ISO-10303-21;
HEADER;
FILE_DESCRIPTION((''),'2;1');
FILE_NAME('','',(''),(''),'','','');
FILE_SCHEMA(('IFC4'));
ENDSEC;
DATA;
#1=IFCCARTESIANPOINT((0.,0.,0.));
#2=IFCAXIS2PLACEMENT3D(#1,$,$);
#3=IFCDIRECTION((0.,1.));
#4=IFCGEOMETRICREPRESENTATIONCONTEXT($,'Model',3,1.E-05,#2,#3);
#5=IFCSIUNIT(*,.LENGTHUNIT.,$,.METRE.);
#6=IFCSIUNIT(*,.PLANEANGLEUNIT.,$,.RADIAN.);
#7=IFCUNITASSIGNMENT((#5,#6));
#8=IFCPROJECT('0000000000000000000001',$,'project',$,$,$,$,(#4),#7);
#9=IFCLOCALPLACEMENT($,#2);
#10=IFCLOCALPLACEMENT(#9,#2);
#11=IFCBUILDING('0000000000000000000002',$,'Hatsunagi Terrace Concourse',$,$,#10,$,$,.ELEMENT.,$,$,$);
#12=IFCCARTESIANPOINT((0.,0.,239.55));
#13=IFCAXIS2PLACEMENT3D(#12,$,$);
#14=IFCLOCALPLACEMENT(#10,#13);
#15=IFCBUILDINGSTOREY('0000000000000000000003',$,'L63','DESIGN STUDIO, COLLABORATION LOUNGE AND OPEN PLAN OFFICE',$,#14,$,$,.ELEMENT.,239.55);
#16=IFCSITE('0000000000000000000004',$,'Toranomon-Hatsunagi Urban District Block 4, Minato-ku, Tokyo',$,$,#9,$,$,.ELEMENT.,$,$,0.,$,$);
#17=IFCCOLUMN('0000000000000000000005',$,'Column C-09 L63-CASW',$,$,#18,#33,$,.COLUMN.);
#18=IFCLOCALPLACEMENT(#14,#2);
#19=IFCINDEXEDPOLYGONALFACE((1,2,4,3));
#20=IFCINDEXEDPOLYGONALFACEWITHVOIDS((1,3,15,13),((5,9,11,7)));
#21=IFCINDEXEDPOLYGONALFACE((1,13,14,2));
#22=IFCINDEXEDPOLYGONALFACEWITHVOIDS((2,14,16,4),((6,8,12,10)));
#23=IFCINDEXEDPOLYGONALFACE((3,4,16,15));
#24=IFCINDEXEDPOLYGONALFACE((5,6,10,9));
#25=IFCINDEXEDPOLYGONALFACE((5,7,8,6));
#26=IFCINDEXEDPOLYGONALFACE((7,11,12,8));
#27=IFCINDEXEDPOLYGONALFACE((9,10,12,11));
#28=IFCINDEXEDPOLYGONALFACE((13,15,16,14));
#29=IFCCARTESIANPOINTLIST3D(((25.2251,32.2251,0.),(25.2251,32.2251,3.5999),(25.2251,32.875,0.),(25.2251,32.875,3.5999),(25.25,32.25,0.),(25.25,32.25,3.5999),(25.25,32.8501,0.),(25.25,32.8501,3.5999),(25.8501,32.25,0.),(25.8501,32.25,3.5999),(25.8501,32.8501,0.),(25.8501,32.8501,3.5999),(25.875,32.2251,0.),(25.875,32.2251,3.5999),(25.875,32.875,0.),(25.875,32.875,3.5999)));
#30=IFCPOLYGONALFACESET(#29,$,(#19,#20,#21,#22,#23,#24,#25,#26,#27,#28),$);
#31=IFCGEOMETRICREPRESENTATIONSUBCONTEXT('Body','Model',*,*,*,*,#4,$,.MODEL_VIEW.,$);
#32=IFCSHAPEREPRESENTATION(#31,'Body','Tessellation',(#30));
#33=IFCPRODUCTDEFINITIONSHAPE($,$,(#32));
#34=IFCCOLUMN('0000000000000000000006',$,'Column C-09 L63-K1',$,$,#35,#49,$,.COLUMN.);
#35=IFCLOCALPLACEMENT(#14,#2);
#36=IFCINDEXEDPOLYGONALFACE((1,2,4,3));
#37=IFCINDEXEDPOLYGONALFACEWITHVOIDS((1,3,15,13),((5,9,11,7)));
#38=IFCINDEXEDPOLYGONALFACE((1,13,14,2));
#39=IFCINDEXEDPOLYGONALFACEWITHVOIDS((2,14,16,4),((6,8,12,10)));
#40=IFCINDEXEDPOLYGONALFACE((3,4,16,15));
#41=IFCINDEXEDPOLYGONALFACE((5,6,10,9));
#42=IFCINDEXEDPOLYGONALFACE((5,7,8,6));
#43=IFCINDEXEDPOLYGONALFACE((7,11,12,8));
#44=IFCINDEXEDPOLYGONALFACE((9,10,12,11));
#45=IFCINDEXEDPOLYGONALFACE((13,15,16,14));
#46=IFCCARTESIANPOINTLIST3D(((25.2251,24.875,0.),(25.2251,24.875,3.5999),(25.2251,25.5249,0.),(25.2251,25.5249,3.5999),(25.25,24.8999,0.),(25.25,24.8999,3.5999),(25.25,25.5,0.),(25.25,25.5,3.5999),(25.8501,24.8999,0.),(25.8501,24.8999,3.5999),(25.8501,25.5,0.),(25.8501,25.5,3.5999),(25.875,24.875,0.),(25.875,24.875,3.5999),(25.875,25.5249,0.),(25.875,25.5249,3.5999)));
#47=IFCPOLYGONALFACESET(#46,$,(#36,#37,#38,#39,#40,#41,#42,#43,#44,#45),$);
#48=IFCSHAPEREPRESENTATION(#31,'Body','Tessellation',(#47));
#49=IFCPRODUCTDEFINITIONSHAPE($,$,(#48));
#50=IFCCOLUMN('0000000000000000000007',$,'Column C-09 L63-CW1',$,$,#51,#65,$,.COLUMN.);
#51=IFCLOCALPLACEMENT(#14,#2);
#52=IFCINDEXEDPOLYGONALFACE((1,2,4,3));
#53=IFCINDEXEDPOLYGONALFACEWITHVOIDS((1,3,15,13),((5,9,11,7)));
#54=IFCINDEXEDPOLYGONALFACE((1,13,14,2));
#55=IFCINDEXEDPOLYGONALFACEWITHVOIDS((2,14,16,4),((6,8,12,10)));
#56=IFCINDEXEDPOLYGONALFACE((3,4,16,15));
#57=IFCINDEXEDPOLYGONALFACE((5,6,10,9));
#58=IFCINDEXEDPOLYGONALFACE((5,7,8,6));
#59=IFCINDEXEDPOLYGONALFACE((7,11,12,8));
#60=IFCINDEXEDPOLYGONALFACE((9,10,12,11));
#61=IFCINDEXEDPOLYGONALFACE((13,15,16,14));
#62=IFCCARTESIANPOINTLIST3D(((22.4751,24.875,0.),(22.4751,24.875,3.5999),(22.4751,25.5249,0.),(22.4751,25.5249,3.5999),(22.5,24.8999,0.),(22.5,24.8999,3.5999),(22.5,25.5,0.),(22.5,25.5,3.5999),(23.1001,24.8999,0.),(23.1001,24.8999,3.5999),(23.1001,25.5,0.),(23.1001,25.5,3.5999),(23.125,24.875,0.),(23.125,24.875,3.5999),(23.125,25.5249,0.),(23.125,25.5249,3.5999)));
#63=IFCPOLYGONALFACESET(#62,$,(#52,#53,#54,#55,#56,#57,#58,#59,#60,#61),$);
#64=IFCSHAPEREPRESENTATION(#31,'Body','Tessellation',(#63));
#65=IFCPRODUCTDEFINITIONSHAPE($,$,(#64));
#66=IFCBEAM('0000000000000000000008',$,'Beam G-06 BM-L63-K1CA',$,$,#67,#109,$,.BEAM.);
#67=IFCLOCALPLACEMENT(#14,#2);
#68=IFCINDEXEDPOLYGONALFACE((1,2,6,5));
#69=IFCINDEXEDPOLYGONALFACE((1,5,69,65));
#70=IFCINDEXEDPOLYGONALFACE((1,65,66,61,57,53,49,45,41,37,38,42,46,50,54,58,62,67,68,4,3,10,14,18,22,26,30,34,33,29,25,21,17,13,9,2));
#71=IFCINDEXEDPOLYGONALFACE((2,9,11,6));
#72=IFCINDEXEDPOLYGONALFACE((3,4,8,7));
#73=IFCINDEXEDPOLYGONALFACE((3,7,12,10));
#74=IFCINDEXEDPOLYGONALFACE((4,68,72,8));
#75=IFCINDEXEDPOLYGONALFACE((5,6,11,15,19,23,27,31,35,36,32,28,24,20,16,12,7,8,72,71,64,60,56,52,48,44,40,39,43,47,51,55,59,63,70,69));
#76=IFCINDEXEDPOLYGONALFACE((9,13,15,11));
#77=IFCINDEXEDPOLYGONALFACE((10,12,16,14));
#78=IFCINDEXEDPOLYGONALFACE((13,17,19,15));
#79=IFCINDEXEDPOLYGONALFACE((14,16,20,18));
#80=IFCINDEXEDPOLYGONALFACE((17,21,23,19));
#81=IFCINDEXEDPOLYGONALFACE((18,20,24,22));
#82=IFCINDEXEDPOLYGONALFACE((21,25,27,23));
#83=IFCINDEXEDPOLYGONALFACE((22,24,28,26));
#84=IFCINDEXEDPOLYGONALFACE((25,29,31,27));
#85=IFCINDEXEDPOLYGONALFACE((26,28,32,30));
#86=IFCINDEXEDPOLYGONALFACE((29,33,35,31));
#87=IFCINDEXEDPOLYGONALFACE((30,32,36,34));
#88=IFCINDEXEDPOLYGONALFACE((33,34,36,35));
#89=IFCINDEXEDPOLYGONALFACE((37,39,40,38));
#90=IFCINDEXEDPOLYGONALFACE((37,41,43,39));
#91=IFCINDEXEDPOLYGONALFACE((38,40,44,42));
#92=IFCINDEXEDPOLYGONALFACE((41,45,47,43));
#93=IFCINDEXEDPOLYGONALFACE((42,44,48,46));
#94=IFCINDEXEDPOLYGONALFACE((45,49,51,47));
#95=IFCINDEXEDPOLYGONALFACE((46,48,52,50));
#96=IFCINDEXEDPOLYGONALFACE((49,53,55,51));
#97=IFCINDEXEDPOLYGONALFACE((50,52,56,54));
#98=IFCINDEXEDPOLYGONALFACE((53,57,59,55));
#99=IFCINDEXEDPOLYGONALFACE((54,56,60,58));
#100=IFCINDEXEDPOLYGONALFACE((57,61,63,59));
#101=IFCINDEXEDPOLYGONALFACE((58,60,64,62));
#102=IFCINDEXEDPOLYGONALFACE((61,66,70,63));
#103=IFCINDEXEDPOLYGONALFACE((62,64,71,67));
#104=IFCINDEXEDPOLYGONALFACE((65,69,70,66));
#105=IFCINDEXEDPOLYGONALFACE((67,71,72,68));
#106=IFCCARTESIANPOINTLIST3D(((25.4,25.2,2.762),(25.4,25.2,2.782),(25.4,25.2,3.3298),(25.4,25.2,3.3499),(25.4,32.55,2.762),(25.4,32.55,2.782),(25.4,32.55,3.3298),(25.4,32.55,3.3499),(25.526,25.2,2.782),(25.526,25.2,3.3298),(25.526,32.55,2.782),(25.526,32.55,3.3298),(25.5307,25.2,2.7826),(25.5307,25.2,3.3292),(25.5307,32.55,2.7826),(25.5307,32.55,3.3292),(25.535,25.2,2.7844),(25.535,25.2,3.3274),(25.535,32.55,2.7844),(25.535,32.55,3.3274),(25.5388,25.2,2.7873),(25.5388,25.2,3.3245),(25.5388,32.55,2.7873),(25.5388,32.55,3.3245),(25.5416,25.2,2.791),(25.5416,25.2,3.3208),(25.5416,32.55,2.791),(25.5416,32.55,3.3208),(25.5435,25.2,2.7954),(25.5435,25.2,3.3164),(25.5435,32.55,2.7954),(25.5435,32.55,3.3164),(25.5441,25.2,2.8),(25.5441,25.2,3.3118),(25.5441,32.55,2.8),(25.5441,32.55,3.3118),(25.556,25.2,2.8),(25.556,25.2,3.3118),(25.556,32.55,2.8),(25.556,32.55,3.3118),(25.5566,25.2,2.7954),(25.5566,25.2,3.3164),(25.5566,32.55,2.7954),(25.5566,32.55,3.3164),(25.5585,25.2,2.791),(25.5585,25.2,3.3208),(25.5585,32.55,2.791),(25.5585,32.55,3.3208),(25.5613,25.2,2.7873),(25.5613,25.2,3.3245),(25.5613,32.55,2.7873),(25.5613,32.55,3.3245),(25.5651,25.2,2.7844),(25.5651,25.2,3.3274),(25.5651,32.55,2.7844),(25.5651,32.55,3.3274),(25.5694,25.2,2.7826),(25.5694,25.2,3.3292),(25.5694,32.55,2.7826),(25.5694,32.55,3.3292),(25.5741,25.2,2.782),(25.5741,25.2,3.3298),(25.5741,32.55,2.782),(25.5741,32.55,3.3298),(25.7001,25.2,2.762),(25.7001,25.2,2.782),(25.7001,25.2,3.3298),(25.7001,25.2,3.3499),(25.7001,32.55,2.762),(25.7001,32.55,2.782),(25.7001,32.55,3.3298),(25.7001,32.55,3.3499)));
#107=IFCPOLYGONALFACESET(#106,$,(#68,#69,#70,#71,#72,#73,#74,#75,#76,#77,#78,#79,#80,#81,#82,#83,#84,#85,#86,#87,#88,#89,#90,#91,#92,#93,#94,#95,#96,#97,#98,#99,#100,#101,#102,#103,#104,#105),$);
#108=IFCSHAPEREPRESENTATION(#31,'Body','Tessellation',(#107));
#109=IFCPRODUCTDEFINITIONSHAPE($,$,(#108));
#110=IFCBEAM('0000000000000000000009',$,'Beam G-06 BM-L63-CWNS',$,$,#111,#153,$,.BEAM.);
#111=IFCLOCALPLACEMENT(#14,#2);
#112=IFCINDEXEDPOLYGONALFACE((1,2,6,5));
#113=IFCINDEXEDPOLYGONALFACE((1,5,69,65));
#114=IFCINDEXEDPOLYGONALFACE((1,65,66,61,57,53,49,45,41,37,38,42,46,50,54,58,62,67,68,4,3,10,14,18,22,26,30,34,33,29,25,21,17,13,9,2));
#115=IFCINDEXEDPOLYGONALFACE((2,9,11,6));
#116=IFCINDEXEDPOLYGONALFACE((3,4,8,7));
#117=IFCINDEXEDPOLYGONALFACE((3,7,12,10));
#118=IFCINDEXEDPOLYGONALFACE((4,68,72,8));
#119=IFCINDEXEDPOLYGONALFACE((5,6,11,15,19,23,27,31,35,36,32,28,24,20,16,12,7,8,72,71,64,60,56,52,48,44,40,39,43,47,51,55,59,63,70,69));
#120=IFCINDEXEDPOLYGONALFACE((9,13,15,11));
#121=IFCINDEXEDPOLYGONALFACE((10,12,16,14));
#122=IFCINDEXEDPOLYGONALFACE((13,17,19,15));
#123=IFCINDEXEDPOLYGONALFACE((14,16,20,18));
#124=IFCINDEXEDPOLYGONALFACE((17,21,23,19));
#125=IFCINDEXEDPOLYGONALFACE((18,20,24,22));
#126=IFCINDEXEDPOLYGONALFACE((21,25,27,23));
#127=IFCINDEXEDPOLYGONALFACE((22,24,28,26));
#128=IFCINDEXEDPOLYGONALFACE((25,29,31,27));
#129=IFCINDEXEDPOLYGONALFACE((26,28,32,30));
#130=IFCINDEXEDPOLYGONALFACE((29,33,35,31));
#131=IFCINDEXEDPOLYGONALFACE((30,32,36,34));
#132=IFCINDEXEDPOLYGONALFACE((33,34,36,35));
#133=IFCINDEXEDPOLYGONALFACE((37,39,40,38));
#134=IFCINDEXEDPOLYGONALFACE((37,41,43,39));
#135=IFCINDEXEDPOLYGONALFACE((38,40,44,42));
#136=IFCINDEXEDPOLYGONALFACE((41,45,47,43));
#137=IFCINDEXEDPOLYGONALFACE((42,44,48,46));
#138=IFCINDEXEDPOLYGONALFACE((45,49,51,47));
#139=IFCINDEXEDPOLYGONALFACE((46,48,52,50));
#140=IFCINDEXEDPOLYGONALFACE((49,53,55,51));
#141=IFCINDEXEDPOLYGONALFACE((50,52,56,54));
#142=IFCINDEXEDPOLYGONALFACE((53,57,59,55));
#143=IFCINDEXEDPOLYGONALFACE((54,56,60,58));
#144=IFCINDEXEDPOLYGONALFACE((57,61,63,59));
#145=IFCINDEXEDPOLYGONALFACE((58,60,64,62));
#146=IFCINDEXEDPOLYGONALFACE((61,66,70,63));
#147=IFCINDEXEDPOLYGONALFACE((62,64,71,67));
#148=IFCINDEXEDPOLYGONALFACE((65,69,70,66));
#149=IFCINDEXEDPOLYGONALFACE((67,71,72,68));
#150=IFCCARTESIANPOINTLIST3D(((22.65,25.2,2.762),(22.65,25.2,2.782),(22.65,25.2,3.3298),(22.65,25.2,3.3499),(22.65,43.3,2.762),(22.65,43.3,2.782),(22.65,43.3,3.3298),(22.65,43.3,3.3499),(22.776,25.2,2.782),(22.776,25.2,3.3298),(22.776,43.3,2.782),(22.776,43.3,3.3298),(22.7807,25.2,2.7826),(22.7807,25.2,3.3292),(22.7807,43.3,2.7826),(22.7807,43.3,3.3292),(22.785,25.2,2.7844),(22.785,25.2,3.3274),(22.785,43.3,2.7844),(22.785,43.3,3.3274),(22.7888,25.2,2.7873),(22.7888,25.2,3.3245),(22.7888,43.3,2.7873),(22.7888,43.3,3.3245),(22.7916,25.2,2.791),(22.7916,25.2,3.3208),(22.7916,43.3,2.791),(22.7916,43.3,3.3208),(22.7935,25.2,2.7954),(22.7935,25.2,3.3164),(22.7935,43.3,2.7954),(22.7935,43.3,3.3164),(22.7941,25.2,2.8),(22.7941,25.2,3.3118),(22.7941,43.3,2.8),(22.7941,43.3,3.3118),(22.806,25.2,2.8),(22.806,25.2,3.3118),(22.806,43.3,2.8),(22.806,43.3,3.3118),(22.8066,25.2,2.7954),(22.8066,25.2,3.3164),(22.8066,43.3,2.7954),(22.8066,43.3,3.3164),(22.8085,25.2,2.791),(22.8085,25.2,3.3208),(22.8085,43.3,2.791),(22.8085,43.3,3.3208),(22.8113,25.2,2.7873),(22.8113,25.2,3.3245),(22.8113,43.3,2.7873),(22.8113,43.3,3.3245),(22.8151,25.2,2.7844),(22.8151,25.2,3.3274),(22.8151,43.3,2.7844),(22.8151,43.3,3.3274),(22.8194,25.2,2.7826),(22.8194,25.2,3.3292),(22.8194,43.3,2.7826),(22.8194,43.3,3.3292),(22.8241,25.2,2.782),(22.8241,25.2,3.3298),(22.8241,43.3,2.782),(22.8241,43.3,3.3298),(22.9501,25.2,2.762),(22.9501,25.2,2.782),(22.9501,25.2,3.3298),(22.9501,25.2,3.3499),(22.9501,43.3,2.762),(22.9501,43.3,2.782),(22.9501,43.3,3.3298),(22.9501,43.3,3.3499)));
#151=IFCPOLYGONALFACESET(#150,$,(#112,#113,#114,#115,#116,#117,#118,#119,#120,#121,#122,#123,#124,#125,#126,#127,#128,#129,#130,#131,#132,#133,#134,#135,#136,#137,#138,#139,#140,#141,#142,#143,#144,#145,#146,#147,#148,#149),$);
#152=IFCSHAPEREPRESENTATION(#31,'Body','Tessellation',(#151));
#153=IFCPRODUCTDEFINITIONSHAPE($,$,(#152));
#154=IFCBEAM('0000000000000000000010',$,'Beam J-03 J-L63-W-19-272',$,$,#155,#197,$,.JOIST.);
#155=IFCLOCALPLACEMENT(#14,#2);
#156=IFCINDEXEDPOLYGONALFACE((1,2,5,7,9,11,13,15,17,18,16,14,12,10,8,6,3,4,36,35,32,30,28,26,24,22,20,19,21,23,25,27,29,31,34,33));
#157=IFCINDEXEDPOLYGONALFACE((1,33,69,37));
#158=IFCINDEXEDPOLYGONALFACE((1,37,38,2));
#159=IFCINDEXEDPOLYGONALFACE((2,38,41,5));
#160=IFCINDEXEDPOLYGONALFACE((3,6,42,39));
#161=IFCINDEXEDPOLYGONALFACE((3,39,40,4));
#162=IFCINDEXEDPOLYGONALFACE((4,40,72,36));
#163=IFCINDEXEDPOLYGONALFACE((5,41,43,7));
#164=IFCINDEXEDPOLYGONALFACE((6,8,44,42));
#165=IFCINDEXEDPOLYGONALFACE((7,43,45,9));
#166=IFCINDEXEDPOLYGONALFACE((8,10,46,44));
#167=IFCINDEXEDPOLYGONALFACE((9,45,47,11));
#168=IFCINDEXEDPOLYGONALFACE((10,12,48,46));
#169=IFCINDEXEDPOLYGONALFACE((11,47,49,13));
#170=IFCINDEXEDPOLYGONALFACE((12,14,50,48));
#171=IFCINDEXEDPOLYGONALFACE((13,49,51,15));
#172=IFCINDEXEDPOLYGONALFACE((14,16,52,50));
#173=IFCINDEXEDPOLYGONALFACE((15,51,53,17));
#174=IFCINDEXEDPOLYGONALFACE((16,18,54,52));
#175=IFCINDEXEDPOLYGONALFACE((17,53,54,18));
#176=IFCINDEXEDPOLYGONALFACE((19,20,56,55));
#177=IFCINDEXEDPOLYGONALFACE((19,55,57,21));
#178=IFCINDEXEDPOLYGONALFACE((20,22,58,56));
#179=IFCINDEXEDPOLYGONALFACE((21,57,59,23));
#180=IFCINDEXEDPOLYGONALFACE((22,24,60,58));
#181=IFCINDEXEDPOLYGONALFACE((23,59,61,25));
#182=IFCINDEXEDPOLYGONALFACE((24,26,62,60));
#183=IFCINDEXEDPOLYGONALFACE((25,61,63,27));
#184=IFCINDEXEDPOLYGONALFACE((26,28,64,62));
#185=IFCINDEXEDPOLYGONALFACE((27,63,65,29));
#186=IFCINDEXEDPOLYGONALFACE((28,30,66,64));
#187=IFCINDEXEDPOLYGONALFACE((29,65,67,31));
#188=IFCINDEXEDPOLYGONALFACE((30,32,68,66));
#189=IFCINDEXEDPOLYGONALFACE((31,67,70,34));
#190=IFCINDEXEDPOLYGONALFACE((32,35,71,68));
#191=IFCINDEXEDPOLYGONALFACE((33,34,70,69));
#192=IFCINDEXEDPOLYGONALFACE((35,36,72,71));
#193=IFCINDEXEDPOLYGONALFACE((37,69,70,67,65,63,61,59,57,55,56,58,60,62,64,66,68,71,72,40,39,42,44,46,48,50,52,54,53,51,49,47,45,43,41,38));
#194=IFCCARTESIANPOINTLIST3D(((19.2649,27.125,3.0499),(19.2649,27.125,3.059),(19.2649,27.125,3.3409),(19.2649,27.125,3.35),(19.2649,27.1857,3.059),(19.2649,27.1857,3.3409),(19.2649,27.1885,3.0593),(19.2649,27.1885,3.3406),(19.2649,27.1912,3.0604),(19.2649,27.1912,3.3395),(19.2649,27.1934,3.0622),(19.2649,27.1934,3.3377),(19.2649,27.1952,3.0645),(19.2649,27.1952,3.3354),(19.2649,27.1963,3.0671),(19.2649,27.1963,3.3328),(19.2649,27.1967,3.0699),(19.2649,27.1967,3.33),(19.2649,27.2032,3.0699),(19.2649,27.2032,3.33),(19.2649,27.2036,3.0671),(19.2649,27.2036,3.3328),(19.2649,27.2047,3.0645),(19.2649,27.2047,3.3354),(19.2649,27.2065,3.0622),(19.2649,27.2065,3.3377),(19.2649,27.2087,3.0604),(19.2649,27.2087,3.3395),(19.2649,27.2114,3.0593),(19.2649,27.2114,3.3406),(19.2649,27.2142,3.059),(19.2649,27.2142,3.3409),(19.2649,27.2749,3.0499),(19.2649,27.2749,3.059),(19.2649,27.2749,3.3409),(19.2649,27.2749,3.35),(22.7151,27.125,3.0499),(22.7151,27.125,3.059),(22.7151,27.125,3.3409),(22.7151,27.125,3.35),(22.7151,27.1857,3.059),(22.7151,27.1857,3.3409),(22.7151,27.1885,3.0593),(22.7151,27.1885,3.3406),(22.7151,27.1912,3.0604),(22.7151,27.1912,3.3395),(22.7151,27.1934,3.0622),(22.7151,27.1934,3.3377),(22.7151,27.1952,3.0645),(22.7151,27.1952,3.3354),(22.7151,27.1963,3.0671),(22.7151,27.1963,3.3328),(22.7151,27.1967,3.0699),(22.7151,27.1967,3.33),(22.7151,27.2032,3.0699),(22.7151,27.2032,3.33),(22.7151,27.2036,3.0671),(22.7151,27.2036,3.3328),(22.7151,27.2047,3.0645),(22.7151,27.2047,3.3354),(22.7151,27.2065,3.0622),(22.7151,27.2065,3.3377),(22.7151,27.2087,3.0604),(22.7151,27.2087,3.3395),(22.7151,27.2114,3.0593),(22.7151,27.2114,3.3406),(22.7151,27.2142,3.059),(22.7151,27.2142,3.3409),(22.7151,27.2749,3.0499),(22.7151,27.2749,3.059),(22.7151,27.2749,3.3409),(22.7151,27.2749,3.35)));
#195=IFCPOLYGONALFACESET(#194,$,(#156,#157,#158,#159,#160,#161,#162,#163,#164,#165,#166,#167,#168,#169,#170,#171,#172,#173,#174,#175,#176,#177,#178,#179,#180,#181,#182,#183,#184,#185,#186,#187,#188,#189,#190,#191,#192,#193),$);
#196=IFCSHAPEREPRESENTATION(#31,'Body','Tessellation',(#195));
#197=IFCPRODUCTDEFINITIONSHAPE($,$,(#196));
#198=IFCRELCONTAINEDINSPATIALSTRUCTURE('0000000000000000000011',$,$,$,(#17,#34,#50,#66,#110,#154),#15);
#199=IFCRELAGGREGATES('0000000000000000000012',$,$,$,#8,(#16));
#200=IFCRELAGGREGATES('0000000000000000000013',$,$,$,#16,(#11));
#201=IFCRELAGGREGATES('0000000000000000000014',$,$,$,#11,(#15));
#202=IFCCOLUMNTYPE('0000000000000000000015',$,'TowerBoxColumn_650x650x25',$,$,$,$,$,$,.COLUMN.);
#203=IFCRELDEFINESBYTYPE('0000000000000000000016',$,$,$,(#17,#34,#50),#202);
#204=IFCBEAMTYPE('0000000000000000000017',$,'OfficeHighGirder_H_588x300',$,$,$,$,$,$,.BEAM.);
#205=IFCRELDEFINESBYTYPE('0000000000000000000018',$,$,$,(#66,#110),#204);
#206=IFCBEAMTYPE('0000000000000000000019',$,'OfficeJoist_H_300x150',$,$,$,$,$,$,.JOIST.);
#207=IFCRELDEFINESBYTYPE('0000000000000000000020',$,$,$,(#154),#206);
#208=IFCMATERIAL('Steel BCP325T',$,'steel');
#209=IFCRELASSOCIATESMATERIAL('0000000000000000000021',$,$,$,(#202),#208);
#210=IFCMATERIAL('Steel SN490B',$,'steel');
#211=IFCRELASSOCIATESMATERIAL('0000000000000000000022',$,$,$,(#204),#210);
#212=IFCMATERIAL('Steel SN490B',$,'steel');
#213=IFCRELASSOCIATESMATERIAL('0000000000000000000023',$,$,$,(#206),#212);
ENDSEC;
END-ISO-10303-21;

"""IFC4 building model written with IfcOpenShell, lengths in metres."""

from ifc_helpers import new_model, si_unit, direction, frame, origin, origin_2d, place, context, subcontext, project, spatial, hollow_rectangle, i_section, extrude, material, material_profile, profile_set, type_object, element, save


model = new_model("IFC4")

# Units and contexts
model_context = context("Model", 3, precision=1e-05, world=origin(), true_north=direction((0.0, 1.0)))
body_context = subcontext(model_context, "Body", "Model", "MODEL_VIEW")
ifc_project = project(units=[si_unit("LENGTHUNIT", "METRE"), si_unit("PLANEANGLEUNIT", "RADIAN")], contexts=[model_context])

# Site, building, storey
site_placement = place(None, origin())
site = spatial("IfcSite", under=ifc_project, at=site_placement, Name="Toranomon-Hatsunagi Urban District Block 4, Minato-ku, Tokyo", CompositionType="ELEMENT", RefElevation=0.0)
building_placement = place(site_placement, origin())
building = spatial("IfcBuilding", under=site, at=building_placement, Name="Hatsunagi Terrace Concourse", CompositionType="ELEMENT")
storey_placement = place(building_placement, frame((0.0, 0.0, 239.55)))
storey = spatial("IfcBuildingStorey", under=building, at=storey_placement, Name="L63", Description="DESIGN STUDIO, COLLABORATION LOUNGE AND OPEN PLAN OFFICE", CompositionType="ELEMENT", Elevation=239.55)

# Columns
ifc_material_1 = material(Name="Steel BCP325T", Category="steel")
ifc_material_profile_1 = material_profile(ifc_material_1, hollow_rectangle(XDim=0.6499, YDim=0.6499, WallThickness=0.0249, at=origin_2d()), Name="BCP-650x650x25")
ifc_profile_set_1 = profile_set([ifc_material_profile_1], Name="Steel BCP325T")
column_type = type_object("IfcColumnType", Name="TowerBoxColumn_650x650x25", PredefinedType="COLUMN", material=ifc_profile_set_1)
for number, where, z_axis, x_axis, name in (
    (1, (25.55, 32.55, 0.0), (0.0, 0.0, 1.0), (1.0, 0.0, 0.0), "Column C-09 L63-CASW"),
    (2, (25.55, 25.2, 0.0), (0.0, 0.0, 1.0), (1.0, 0.0, 0.0), "Column C-09 L63-K1"),
    (3, (22.8, 25.2, 0.0), (0.0, 0.0, 1.0), (1.0, 0.0, 0.0), "Column C-09 L63-CW1"),
):
    element("IfcColumn", number, at=place(storey_placement, frame(where, z_axis=z_axis, x_axis=x_axis)), inside=storey, type_object=column_type, Name=name, PredefinedType="COLUMN", context=body_context, shape_type="SweptSolid", body=[
        extrude(hollow_rectangle(XDim=0.6499, YDim=0.6499, WallThickness=0.0249, at=origin_2d()), origin(), (0.0, 0.0, 1.0), 3.5999),
    ])

# Beams
ifc_material_2 = material(Name="Steel SN490B", Category="steel")
ifc_material_profile_2 = material_profile(ifc_material_2, i_section(OverallWidth=0.3, OverallDepth=0.5879, WebThickness=0.012, FlangeThickness=0.02, FilletRadius=0.0181, at=origin_2d()), Name="H-588x300x12x20")
ifc_profile_set_2 = profile_set([ifc_material_profile_2], Name="Steel SN490B")
beam_type_1 = type_object("IfcBeamType", Name="OfficeHighGirder_H_588x300", PredefinedType="BEAM", material=ifc_profile_set_2)
beam_1_placement = place(storey_placement, frame((25.55, 25.2, 3.0559), z_axis=(0.0, 1.0, 0.0), x_axis=(-1.0, 0.0, 0.0)))
element("IfcBeam", 4, at=beam_1_placement, inside=storey, type_object=beam_type_1, Name="Beam G-06 BM-L63-K1CA", PredefinedType="BEAM", context=body_context, shape_type="SweptSolid", body=[
    extrude(i_section(OverallWidth=0.3, OverallDepth=0.5879, WebThickness=0.012, FlangeThickness=0.02, FilletRadius=0.0181, at=origin_2d()), origin(), (0.0, 0.0, 1.0), 7.3501),
])
beam_2_placement = place(storey_placement, frame((22.8, 25.2, 3.0559), z_axis=(0.0, 1.0, 0.0), x_axis=(-1.0, 0.0, 0.0)))
element("IfcBeam", 5, at=beam_2_placement, inside=storey, type_object=beam_type_1, Name="Beam G-06 BM-L63-CWNS", PredefinedType="BEAM", context=body_context, shape_type="SweptSolid", body=[
    extrude(i_section(OverallWidth=0.3, OverallDepth=0.5879, WebThickness=0.012, FlangeThickness=0.02, FilletRadius=0.0181, at=origin_2d()), origin(), (0.0, 0.0, 1.0), 18.1001),
])
ifc_material_3 = material(Name="Steel SN490B", Category="steel")
ifc_material_profile_3 = material_profile(ifc_material_3, i_section(OverallWidth=0.1499, OverallDepth=0.3, WebThickness=0.0066, FlangeThickness=0.009, FilletRadius=0.011, at=origin_2d()), Name="H-300x150x6.5x9")
ifc_profile_set_3 = profile_set([ifc_material_profile_3], Name="Steel SN490B")
beam_type_2 = type_object("IfcBeamType", Name="OfficeJoist_H_300x150", PredefinedType="JOIST", material=ifc_profile_set_3)
for number, where, z_axis, x_axis, name in (
    (6, (19.2649, 27.2, 3.2), (1.0, 0.0, 0.0), (0.0, 1.0, 0.0), "Beam J-03 J-L63-W-19-272"),
):
    element("IfcBeam", number, at=place(storey_placement, frame(where, z_axis=z_axis, x_axis=x_axis)), inside=storey, type_object=beam_type_2, Name=name, PredefinedType="JOIST", context=body_context, shape_type="SweptSolid", body=[
        extrude(i_section(OverallWidth=0.1499, OverallDepth=0.3, WebThickness=0.0066, FlangeThickness=0.009, FilletRadius=0.011, at=origin_2d()), origin(), (0.0, 0.0, 1.0), 3.4502),
    ])

save(model, "model.ifc")
